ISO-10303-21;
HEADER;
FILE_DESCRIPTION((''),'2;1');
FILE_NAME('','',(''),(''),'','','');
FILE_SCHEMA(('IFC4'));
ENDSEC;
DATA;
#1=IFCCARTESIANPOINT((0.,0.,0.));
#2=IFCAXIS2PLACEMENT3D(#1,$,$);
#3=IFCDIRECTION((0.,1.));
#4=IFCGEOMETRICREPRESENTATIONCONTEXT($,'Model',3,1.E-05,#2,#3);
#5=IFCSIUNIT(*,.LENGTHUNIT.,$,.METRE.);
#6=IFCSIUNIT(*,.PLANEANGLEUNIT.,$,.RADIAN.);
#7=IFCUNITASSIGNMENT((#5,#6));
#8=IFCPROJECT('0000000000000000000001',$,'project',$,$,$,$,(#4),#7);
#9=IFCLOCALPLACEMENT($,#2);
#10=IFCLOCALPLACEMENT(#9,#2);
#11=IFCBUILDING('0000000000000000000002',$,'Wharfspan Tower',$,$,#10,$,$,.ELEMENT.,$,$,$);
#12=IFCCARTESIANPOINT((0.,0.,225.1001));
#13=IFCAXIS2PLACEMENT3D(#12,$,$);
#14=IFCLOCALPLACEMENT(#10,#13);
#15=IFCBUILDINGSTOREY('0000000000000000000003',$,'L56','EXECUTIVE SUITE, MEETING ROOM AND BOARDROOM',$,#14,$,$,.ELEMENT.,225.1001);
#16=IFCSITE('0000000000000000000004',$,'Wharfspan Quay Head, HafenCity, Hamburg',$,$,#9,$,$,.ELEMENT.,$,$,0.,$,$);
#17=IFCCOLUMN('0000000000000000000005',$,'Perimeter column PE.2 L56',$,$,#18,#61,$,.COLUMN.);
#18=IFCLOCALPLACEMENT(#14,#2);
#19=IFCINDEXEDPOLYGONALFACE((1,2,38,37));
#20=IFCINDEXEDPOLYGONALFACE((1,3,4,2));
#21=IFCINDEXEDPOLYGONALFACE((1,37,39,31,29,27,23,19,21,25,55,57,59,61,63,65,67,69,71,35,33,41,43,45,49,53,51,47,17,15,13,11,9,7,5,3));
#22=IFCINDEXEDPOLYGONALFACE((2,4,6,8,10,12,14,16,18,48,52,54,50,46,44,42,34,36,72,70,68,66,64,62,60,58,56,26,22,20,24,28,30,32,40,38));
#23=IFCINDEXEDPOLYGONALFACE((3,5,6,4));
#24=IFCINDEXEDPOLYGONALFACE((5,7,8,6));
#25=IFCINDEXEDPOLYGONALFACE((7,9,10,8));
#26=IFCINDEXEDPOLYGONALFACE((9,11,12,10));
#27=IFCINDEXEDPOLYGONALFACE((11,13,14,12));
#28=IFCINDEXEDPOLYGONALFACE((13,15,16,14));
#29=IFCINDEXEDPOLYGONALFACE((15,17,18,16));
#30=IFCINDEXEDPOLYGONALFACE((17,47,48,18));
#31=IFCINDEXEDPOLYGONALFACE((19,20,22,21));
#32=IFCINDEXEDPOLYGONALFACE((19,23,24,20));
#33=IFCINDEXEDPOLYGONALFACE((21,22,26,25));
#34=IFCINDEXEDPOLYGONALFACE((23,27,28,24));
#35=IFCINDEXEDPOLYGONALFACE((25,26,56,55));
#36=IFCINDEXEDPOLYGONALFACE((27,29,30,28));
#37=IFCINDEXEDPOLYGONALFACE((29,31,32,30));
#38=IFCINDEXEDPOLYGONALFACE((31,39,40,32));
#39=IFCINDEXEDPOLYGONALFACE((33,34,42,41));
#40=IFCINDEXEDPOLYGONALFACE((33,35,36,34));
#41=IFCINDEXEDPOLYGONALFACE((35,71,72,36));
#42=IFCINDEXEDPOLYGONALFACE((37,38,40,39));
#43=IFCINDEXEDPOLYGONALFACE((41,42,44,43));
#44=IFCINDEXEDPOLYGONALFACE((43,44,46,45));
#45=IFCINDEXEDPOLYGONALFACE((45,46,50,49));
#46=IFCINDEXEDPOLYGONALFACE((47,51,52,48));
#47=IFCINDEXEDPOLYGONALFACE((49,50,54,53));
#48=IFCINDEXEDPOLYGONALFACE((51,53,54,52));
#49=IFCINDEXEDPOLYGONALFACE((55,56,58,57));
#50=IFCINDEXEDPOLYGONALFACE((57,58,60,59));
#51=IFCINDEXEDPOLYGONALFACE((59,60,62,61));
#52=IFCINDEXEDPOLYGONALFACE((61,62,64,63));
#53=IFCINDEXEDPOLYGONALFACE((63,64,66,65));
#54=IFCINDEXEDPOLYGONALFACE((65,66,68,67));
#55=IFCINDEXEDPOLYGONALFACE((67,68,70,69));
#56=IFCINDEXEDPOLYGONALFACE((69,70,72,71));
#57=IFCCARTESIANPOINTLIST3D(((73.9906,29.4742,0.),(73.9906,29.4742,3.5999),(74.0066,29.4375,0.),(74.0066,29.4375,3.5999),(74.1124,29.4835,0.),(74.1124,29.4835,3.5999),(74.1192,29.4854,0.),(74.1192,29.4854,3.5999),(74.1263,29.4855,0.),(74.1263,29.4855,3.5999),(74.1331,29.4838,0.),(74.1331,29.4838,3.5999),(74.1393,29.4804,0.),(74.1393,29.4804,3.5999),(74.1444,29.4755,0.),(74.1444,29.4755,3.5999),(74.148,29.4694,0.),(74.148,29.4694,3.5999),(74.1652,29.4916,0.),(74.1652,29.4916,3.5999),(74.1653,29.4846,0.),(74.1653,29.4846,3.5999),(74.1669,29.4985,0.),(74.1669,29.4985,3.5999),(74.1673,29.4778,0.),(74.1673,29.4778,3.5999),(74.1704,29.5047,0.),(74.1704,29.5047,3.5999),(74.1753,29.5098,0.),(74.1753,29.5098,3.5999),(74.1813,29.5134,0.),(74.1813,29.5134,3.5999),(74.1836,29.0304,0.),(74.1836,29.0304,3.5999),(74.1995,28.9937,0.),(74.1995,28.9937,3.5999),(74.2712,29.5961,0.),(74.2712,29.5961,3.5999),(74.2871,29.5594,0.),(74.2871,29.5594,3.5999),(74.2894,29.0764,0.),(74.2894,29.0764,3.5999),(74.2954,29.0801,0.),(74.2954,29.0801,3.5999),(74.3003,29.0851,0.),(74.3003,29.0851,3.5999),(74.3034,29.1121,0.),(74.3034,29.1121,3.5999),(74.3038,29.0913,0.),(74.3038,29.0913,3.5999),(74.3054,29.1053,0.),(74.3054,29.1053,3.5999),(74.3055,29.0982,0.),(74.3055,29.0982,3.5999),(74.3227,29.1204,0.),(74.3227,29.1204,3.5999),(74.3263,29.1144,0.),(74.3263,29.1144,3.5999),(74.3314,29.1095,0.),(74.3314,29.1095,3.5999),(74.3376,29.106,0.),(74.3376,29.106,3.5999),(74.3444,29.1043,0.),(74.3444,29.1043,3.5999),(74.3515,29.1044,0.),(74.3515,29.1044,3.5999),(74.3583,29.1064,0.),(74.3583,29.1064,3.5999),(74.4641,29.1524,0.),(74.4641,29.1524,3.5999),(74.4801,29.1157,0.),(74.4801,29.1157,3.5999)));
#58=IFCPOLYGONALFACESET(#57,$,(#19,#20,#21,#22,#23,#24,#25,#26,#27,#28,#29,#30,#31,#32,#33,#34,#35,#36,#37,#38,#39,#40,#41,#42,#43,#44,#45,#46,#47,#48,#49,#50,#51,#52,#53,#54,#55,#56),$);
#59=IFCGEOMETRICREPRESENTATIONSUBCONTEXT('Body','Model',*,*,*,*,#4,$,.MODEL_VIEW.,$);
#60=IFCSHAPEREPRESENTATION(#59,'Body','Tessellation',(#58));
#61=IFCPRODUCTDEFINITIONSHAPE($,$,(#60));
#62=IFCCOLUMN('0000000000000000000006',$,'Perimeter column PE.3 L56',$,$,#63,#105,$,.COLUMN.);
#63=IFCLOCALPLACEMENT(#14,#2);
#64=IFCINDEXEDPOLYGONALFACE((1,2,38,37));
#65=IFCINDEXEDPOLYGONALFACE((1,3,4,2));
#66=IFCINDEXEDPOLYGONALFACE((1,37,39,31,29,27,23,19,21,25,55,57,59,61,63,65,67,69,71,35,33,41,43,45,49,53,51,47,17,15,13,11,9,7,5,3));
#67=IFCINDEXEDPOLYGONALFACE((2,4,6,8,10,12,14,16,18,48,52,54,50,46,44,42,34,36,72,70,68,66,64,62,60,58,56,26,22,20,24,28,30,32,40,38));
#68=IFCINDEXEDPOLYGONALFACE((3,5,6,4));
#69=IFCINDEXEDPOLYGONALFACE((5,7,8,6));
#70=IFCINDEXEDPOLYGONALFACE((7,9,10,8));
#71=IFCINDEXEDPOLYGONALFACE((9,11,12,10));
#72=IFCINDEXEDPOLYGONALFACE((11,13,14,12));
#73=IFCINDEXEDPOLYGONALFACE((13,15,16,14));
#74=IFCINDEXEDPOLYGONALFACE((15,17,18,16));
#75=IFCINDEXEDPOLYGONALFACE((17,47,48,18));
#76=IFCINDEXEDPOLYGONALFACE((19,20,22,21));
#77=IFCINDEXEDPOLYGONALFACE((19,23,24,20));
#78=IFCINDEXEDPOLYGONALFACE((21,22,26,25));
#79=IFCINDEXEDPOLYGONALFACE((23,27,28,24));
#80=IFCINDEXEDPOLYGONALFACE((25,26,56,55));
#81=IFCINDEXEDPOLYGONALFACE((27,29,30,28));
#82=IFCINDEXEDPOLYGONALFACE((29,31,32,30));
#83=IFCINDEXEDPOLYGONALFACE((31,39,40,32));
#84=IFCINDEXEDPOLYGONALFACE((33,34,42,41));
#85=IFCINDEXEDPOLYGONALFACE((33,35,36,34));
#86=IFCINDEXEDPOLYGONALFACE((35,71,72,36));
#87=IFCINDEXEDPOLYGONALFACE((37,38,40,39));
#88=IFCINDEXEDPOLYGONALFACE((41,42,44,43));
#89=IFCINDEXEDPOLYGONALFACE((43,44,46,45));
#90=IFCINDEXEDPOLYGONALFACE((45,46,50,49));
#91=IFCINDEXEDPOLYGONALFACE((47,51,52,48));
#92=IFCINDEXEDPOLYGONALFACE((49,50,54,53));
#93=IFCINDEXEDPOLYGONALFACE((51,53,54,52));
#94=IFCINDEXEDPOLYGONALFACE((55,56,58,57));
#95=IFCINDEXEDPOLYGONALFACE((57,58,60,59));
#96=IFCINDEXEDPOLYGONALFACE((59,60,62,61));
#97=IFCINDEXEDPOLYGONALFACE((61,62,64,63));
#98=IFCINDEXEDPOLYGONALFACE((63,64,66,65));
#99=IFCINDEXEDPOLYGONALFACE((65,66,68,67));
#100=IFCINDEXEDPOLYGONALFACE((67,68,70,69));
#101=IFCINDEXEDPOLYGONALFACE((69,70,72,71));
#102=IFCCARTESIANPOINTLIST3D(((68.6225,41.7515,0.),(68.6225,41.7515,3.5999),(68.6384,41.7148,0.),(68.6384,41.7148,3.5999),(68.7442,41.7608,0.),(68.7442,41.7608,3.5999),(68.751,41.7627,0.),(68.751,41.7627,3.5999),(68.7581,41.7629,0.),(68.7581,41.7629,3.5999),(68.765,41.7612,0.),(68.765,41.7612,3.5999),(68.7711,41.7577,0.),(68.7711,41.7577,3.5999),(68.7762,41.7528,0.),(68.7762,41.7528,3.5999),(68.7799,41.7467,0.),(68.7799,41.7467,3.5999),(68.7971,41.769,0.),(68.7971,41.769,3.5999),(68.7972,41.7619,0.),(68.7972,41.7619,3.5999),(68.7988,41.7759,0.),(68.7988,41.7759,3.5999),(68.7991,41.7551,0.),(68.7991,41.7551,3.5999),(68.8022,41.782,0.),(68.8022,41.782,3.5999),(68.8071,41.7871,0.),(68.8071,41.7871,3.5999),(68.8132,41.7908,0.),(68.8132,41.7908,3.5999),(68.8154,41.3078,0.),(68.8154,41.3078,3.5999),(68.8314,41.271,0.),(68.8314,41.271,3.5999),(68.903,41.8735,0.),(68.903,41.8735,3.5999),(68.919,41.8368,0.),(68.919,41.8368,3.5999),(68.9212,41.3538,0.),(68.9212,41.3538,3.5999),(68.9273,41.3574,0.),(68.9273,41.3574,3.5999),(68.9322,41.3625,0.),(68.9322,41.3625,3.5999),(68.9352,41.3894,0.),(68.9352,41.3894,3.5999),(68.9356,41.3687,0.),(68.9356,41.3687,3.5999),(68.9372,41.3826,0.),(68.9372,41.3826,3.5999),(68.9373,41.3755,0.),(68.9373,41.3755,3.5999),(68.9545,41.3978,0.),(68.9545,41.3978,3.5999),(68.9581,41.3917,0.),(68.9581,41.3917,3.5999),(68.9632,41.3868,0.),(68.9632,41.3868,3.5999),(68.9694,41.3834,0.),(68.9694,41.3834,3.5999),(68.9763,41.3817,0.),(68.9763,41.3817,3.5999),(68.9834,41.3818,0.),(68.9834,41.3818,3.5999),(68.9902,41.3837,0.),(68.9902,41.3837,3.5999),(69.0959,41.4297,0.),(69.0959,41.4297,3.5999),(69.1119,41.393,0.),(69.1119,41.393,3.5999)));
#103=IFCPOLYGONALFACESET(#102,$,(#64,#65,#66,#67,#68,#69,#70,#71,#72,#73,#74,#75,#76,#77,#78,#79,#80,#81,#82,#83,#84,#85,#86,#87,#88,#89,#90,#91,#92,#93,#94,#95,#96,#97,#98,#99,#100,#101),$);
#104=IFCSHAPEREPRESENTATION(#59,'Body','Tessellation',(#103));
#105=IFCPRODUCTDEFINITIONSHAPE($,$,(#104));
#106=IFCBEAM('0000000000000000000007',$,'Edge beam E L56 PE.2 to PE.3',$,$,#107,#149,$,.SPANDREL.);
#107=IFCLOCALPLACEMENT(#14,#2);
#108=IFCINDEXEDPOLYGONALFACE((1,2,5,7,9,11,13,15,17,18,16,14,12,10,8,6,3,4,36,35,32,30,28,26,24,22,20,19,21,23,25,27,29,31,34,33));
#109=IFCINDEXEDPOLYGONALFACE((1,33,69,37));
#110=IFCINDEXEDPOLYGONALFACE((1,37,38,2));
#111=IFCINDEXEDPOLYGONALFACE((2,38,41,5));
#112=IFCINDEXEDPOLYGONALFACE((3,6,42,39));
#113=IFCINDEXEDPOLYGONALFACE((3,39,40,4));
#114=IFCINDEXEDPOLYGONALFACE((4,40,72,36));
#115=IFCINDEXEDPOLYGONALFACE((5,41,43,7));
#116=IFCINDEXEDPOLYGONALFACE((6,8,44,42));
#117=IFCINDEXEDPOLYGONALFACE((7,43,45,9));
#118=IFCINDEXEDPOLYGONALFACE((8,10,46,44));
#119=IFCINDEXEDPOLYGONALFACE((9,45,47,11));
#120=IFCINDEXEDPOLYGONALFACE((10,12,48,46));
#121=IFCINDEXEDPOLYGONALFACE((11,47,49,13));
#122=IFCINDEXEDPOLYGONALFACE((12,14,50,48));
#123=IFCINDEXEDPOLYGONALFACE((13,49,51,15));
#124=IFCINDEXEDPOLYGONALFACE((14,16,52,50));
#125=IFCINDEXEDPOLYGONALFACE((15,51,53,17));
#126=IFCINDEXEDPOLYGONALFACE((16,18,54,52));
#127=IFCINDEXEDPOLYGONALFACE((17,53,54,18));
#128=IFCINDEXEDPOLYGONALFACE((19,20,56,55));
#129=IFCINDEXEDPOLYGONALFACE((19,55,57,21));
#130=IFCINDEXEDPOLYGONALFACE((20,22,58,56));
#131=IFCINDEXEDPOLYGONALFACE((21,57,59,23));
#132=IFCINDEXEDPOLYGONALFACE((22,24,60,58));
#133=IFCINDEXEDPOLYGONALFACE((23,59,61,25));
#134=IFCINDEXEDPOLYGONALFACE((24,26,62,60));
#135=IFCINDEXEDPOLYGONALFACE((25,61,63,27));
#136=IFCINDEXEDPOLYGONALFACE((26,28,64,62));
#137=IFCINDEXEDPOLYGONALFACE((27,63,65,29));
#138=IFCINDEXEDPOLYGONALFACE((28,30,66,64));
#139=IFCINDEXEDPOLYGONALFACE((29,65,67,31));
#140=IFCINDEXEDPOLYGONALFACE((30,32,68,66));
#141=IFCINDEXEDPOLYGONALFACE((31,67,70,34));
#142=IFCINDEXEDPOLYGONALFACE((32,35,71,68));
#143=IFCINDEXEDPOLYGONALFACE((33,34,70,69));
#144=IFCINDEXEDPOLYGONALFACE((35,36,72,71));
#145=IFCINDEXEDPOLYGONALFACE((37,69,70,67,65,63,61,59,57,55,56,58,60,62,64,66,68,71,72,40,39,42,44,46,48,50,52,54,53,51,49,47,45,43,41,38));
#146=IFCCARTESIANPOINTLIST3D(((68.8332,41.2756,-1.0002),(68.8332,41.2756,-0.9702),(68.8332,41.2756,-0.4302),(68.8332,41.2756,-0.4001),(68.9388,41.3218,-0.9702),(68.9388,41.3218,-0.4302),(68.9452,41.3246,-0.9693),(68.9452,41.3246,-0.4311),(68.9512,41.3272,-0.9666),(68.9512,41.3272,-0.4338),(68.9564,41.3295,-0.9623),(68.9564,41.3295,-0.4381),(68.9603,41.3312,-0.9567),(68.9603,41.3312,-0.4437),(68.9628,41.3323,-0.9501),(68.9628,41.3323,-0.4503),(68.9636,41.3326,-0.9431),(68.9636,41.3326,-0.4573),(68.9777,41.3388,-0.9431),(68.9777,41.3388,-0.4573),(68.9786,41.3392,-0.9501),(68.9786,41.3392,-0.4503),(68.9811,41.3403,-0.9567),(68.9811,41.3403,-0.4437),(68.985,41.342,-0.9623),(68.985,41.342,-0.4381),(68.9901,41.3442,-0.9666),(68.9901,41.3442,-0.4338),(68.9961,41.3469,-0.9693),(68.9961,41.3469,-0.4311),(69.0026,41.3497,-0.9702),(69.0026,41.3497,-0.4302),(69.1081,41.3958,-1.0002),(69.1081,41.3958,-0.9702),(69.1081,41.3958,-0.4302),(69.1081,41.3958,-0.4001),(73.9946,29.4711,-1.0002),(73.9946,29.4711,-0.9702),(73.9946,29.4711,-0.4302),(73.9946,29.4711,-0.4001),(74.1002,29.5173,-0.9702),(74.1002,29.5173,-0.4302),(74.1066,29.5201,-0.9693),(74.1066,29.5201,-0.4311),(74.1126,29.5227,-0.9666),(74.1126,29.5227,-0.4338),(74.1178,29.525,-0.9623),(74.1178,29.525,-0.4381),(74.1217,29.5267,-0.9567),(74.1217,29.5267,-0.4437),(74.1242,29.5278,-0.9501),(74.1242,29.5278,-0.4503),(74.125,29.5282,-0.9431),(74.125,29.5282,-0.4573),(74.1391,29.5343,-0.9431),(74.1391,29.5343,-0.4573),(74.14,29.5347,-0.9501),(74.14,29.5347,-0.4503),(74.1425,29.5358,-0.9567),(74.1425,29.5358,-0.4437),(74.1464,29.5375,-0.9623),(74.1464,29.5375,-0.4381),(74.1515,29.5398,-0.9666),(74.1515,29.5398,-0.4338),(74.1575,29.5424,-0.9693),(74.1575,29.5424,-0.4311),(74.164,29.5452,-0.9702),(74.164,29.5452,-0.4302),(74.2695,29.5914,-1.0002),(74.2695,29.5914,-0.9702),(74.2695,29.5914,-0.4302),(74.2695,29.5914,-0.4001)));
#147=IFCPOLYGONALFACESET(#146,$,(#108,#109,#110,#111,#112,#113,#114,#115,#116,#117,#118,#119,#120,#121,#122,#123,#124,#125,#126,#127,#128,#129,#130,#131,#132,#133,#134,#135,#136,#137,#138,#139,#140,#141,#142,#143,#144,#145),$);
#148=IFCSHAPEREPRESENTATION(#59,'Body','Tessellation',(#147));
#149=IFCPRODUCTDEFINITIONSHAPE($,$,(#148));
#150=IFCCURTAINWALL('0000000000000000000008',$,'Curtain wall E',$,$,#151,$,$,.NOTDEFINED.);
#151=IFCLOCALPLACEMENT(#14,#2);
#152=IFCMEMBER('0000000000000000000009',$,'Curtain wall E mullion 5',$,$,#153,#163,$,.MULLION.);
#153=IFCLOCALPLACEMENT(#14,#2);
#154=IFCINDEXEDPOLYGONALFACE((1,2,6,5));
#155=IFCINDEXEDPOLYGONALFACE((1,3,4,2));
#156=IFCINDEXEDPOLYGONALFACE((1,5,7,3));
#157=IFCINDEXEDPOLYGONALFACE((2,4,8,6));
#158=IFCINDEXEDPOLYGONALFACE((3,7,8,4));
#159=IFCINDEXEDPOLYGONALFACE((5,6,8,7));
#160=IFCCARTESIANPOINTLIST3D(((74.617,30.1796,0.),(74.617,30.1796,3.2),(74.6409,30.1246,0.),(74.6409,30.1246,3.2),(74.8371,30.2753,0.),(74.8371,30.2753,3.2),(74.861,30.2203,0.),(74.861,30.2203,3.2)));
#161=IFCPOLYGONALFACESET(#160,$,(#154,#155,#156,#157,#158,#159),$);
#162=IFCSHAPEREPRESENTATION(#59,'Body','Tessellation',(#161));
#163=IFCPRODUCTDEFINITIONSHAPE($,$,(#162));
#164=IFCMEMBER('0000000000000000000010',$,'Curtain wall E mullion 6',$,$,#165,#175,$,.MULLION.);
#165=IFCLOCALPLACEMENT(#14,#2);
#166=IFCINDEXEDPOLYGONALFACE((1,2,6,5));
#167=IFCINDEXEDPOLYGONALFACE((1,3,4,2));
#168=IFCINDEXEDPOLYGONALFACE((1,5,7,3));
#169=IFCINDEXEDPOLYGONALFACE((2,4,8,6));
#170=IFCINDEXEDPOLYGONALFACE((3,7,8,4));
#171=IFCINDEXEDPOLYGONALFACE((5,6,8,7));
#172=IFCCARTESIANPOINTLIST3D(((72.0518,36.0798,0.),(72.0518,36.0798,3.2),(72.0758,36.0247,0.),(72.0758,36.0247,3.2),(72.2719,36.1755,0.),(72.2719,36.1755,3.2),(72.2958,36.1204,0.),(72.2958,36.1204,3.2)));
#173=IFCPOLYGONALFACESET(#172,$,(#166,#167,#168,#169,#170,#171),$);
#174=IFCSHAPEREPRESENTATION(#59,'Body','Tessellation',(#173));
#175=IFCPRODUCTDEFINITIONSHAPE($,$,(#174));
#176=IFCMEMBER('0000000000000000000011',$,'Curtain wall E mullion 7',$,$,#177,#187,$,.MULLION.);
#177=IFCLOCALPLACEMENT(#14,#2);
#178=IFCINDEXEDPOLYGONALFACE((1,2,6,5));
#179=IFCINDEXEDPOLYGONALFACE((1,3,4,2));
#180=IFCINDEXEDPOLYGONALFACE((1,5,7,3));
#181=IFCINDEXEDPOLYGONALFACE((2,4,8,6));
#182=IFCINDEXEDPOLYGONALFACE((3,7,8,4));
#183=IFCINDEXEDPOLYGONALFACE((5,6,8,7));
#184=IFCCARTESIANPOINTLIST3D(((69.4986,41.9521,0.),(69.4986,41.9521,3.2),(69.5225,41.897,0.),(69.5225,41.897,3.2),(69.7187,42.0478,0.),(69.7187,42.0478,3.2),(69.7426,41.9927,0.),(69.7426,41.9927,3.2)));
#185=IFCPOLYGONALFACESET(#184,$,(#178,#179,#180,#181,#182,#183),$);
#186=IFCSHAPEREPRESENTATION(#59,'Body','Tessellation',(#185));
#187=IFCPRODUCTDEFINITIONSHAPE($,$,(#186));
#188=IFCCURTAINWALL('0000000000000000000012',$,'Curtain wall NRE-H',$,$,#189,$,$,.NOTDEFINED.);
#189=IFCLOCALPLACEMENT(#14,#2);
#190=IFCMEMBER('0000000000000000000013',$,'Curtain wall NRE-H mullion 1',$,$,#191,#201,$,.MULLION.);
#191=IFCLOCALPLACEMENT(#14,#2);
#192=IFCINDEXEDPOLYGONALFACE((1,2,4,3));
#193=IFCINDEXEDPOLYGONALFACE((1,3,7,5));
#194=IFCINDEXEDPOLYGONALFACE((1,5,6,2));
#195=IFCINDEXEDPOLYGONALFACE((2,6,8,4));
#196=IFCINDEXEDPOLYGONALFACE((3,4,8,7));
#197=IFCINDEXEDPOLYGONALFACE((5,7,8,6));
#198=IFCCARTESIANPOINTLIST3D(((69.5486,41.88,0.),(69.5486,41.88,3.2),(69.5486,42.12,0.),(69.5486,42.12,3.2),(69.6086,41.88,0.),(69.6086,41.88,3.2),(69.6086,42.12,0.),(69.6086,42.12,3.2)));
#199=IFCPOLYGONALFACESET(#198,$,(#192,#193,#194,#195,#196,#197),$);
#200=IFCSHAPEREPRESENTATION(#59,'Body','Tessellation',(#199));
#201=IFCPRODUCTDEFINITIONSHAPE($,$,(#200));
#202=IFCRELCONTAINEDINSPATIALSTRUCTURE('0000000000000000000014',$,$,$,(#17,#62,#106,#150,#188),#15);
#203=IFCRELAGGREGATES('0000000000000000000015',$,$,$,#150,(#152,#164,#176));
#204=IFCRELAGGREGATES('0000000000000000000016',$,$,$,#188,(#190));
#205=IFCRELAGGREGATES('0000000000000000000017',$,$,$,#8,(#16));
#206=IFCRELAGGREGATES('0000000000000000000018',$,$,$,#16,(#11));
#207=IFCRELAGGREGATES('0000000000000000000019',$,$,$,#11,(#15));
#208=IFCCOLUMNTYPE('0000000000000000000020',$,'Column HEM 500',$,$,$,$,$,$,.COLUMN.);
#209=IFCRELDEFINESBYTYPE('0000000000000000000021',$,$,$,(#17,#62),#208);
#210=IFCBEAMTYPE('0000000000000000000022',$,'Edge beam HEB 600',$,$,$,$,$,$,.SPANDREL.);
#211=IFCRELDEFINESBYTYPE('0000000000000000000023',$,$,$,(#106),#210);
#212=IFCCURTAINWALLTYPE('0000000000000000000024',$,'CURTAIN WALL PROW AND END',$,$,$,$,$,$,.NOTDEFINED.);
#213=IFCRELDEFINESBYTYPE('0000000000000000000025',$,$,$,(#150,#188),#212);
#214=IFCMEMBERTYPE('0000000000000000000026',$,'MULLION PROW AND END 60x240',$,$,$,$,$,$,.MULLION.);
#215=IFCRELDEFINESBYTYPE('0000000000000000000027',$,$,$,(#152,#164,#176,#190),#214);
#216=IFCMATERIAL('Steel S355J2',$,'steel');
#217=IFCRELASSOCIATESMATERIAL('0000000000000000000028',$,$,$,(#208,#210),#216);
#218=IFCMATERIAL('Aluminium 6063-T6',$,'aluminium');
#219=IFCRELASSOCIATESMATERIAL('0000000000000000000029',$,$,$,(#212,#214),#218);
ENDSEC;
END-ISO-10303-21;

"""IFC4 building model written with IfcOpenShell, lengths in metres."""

from ifc_helpers import new_model, si_unit, direction, frame, origin, origin_2d, place, context, subcontext, project, spatial, rectangle, i_section, extrude, material, material_profile, profile_set, type_object, element, aggregate, save


model = new_model("IFC4")

# Units and contexts
model_context = context("Model", 3, precision=1e-05, world=origin(), true_north=direction((0.0, 1.0)))
body_context = subcontext(model_context, "Body", "Model", "MODEL_VIEW")
ifc_project = project(units=[si_unit("LENGTHUNIT", "METRE"), si_unit("PLANEANGLEUNIT", "RADIAN")], contexts=[model_context])

# Site, building, storey
site_placement = place(None, origin())
site = spatial("IfcSite", under=ifc_project, at=site_placement, Name="Wharfspan Quay Head, HafenCity, Hamburg", CompositionType="ELEMENT", RefElevation=0.0)
building_placement = place(site_placement, origin())
building = spatial("IfcBuilding", under=site, at=building_placement, Name="Wharfspan Tower", CompositionType="ELEMENT")
storey_placement = place(building_placement, frame((0.0, 0.0, 225.1001)))
storey = spatial("IfcBuildingStorey", under=building, at=storey_placement, Name="L56", Description="EXECUTIVE SUITE, MEETING ROOM AND BOARDROOM", CompositionType="ELEMENT", Elevation=225.1001)

# Columns
ifc_material_1 = material(Name="Steel S355J2", Category="steel")
ifc_material_profile_1 = material_profile(ifc_material_1, i_section(OverallWidth=0.3059, OverallDepth=0.5239, WebThickness=0.021, FlangeThickness=0.04, FilletRadius=0.0271, at=origin_2d()))
ifc_profile_set_1 = profile_set([ifc_material_profile_1], Name="Steel S355J2")
column_type = type_object("IfcColumnType", Name="Column HEM 500", PredefinedType="COLUMN", material=ifc_profile_set_1)
for number, where, z_axis, x_axis, name in (
    (1, (74.2354, 29.2949, 0.0), (0.0, 0.0, 1.0), (0.917072, 0.398727, 0.0), "Perimeter column PE.2 L56"),
    (2, (68.8672, 41.5723, 0.0), (0.0, 0.0, 1.0), (0.917072, 0.398727, 0.0), "Perimeter column PE.3 L56"),
):
    element("IfcColumn", number, at=place(storey_placement, frame(where, z_axis=z_axis, x_axis=x_axis)), inside=storey, type_object=column_type, Name=name, PredefinedType="COLUMN", context=body_context, shape_type="SweptSolid", body=[
        extrude(i_section(OverallWidth=0.3059, OverallDepth=0.5239, WebThickness=0.021, FlangeThickness=0.04, FilletRadius=0.0271, at=origin_2d()), origin(), (0.0, 0.0, 1.0), 3.5999),
    ])

# Beam
ifc_material_profile_2 = material_profile(ifc_material_1, i_section(OverallWidth=0.3, OverallDepth=0.6001, WebThickness=0.0154, FlangeThickness=0.03, FilletRadius=0.0271, at=origin_2d()))
ifc_profile_set_2 = profile_set([ifc_material_profile_2], Name="Steel S355J2")
beam_type = type_object("IfcBeamType", Name="Edge beam HEB 600", PredefinedType="SPANDREL", material=ifc_profile_set_2)
beam_placement = place(storey_placement, frame((74.1321, 29.5312, -0.7002), z_axis=(-0.400619, 0.916245, 0.0), x_axis=(-0.916245, -0.400619, 0.0)))
element("IfcBeam", 3, at=beam_placement, inside=storey, type_object=beam_type, Name="Edge beam E L56 PE.2 to PE.3", PredefinedType="SPANDREL", context=body_context, shape_type="SweptSolid", body=[
    extrude(i_section(OverallWidth=0.3, OverallDepth=0.6001, WebThickness=0.0154, FlangeThickness=0.03, FilletRadius=0.0271, at=origin_2d()), origin(), (0.0, 0.0, 1.0), 12.8835),
])

# Curtain wall, members
ifc_material_2 = material(Name="Aluminium 6063-T6", Category="aluminium")
curtain_wall_type = type_object("IfcCurtainWallType", Name="CURTAIN WALL PROW AND END", PredefinedType="NOTDEFINED", material=ifc_material_2)
curtain_wall_1_placement = place(storey_placement, origin())
curtain_wall_1 = element("IfcCurtainWall", 4, at=curtain_wall_1_placement, inside=storey, type_object=curtain_wall_type, Name="Curtain wall E", PredefinedType="NOTDEFINED")
ifc_material_profile_3 = material_profile(ifc_material_2, rectangle(XDim=0.24, YDim=0.0601, at=origin_2d()))
ifc_profile_set_3 = profile_set([ifc_material_profile_3], Name="Aluminium 6063-T6")
member_type_1 = type_object("IfcMemberType", Name="MULLION PROW AND END 60x240", PredefinedType="MULLION", material=ifc_profile_set_3)
member_1_placement = place(storey_placement, frame((74.739, 30.2, 0.0), z_axis=(0.0, 0.0, 1.0), x_axis=(-0.917072, -0.398727, 0.0)))
member_1 = element("IfcMember", 5, at=member_1_placement, type_object=member_type_1, Name="Curtain wall E mullion 5", PredefinedType="MULLION", context=body_context, shape_type="SweptSolid", body=[
    extrude(rectangle(XDim=0.24, YDim=0.0601, at=origin_2d()), origin(), (0.0, 0.0, 1.0), 3.2),
])
member_2_placement = place(storey_placement, frame((72.1738, 36.1001, 0.0), z_axis=(0.0, 0.0, 1.0), x_axis=(-0.917072, -0.398727, 0.0)))
member_2 = element("IfcMember", 6, at=member_2_placement, type_object=member_type_1, Name="Curtain wall E mullion 6", PredefinedType="MULLION", context=body_context, shape_type="SweptSolid", body=[
    extrude(rectangle(XDim=0.24, YDim=0.0601, at=origin_2d()), origin(), (0.0, 0.0, 1.0), 3.2),
])
member_3_placement = place(storey_placement, frame((69.6206, 41.9724, 0.0), z_axis=(0.0, 0.0, 1.0), x_axis=(-0.917072, -0.398727, 0.0)))
member_3 = element("IfcMember", 7, at=member_3_placement, type_object=member_type_1, Name="Curtain wall E mullion 7", PredefinedType="MULLION", context=body_context, shape_type="SweptSolid", body=[
    extrude(rectangle(XDim=0.24, YDim=0.0601, at=origin_2d()), origin(), (0.0, 0.0, 1.0), 3.2),
])

# Curtain wall, member
curtain_wall_2_placement = place(storey_placement, origin())
curtain_wall_2 = element("IfcCurtainWall", 8, at=curtain_wall_2_placement, inside=storey, type_object=curtain_wall_type, Name="Curtain wall NRE-H", PredefinedType="NOTDEFINED")
member_4_placement = place(storey_placement, frame((69.5786, 42.0, 0.0), z_axis=(0.0, 0.0, 1.0), x_axis=(0.0, -1.0, 0.0)))
member_4 = element("IfcMember", 9, at=member_4_placement, type_object=member_type_1, Name="Curtain wall NRE-H mullion 1", PredefinedType="MULLION", context=body_context, shape_type="SweptSolid", body=[
    extrude(rectangle(XDim=0.24, YDim=0.0601, at=origin_2d()), origin(), (0.0, 0.0, 1.0), 3.2),
])

aggregate(curtain_wall_1, [member_1, member_2, member_3])
aggregate(curtain_wall_2, [member_4])

save(model, "model.ifc")
